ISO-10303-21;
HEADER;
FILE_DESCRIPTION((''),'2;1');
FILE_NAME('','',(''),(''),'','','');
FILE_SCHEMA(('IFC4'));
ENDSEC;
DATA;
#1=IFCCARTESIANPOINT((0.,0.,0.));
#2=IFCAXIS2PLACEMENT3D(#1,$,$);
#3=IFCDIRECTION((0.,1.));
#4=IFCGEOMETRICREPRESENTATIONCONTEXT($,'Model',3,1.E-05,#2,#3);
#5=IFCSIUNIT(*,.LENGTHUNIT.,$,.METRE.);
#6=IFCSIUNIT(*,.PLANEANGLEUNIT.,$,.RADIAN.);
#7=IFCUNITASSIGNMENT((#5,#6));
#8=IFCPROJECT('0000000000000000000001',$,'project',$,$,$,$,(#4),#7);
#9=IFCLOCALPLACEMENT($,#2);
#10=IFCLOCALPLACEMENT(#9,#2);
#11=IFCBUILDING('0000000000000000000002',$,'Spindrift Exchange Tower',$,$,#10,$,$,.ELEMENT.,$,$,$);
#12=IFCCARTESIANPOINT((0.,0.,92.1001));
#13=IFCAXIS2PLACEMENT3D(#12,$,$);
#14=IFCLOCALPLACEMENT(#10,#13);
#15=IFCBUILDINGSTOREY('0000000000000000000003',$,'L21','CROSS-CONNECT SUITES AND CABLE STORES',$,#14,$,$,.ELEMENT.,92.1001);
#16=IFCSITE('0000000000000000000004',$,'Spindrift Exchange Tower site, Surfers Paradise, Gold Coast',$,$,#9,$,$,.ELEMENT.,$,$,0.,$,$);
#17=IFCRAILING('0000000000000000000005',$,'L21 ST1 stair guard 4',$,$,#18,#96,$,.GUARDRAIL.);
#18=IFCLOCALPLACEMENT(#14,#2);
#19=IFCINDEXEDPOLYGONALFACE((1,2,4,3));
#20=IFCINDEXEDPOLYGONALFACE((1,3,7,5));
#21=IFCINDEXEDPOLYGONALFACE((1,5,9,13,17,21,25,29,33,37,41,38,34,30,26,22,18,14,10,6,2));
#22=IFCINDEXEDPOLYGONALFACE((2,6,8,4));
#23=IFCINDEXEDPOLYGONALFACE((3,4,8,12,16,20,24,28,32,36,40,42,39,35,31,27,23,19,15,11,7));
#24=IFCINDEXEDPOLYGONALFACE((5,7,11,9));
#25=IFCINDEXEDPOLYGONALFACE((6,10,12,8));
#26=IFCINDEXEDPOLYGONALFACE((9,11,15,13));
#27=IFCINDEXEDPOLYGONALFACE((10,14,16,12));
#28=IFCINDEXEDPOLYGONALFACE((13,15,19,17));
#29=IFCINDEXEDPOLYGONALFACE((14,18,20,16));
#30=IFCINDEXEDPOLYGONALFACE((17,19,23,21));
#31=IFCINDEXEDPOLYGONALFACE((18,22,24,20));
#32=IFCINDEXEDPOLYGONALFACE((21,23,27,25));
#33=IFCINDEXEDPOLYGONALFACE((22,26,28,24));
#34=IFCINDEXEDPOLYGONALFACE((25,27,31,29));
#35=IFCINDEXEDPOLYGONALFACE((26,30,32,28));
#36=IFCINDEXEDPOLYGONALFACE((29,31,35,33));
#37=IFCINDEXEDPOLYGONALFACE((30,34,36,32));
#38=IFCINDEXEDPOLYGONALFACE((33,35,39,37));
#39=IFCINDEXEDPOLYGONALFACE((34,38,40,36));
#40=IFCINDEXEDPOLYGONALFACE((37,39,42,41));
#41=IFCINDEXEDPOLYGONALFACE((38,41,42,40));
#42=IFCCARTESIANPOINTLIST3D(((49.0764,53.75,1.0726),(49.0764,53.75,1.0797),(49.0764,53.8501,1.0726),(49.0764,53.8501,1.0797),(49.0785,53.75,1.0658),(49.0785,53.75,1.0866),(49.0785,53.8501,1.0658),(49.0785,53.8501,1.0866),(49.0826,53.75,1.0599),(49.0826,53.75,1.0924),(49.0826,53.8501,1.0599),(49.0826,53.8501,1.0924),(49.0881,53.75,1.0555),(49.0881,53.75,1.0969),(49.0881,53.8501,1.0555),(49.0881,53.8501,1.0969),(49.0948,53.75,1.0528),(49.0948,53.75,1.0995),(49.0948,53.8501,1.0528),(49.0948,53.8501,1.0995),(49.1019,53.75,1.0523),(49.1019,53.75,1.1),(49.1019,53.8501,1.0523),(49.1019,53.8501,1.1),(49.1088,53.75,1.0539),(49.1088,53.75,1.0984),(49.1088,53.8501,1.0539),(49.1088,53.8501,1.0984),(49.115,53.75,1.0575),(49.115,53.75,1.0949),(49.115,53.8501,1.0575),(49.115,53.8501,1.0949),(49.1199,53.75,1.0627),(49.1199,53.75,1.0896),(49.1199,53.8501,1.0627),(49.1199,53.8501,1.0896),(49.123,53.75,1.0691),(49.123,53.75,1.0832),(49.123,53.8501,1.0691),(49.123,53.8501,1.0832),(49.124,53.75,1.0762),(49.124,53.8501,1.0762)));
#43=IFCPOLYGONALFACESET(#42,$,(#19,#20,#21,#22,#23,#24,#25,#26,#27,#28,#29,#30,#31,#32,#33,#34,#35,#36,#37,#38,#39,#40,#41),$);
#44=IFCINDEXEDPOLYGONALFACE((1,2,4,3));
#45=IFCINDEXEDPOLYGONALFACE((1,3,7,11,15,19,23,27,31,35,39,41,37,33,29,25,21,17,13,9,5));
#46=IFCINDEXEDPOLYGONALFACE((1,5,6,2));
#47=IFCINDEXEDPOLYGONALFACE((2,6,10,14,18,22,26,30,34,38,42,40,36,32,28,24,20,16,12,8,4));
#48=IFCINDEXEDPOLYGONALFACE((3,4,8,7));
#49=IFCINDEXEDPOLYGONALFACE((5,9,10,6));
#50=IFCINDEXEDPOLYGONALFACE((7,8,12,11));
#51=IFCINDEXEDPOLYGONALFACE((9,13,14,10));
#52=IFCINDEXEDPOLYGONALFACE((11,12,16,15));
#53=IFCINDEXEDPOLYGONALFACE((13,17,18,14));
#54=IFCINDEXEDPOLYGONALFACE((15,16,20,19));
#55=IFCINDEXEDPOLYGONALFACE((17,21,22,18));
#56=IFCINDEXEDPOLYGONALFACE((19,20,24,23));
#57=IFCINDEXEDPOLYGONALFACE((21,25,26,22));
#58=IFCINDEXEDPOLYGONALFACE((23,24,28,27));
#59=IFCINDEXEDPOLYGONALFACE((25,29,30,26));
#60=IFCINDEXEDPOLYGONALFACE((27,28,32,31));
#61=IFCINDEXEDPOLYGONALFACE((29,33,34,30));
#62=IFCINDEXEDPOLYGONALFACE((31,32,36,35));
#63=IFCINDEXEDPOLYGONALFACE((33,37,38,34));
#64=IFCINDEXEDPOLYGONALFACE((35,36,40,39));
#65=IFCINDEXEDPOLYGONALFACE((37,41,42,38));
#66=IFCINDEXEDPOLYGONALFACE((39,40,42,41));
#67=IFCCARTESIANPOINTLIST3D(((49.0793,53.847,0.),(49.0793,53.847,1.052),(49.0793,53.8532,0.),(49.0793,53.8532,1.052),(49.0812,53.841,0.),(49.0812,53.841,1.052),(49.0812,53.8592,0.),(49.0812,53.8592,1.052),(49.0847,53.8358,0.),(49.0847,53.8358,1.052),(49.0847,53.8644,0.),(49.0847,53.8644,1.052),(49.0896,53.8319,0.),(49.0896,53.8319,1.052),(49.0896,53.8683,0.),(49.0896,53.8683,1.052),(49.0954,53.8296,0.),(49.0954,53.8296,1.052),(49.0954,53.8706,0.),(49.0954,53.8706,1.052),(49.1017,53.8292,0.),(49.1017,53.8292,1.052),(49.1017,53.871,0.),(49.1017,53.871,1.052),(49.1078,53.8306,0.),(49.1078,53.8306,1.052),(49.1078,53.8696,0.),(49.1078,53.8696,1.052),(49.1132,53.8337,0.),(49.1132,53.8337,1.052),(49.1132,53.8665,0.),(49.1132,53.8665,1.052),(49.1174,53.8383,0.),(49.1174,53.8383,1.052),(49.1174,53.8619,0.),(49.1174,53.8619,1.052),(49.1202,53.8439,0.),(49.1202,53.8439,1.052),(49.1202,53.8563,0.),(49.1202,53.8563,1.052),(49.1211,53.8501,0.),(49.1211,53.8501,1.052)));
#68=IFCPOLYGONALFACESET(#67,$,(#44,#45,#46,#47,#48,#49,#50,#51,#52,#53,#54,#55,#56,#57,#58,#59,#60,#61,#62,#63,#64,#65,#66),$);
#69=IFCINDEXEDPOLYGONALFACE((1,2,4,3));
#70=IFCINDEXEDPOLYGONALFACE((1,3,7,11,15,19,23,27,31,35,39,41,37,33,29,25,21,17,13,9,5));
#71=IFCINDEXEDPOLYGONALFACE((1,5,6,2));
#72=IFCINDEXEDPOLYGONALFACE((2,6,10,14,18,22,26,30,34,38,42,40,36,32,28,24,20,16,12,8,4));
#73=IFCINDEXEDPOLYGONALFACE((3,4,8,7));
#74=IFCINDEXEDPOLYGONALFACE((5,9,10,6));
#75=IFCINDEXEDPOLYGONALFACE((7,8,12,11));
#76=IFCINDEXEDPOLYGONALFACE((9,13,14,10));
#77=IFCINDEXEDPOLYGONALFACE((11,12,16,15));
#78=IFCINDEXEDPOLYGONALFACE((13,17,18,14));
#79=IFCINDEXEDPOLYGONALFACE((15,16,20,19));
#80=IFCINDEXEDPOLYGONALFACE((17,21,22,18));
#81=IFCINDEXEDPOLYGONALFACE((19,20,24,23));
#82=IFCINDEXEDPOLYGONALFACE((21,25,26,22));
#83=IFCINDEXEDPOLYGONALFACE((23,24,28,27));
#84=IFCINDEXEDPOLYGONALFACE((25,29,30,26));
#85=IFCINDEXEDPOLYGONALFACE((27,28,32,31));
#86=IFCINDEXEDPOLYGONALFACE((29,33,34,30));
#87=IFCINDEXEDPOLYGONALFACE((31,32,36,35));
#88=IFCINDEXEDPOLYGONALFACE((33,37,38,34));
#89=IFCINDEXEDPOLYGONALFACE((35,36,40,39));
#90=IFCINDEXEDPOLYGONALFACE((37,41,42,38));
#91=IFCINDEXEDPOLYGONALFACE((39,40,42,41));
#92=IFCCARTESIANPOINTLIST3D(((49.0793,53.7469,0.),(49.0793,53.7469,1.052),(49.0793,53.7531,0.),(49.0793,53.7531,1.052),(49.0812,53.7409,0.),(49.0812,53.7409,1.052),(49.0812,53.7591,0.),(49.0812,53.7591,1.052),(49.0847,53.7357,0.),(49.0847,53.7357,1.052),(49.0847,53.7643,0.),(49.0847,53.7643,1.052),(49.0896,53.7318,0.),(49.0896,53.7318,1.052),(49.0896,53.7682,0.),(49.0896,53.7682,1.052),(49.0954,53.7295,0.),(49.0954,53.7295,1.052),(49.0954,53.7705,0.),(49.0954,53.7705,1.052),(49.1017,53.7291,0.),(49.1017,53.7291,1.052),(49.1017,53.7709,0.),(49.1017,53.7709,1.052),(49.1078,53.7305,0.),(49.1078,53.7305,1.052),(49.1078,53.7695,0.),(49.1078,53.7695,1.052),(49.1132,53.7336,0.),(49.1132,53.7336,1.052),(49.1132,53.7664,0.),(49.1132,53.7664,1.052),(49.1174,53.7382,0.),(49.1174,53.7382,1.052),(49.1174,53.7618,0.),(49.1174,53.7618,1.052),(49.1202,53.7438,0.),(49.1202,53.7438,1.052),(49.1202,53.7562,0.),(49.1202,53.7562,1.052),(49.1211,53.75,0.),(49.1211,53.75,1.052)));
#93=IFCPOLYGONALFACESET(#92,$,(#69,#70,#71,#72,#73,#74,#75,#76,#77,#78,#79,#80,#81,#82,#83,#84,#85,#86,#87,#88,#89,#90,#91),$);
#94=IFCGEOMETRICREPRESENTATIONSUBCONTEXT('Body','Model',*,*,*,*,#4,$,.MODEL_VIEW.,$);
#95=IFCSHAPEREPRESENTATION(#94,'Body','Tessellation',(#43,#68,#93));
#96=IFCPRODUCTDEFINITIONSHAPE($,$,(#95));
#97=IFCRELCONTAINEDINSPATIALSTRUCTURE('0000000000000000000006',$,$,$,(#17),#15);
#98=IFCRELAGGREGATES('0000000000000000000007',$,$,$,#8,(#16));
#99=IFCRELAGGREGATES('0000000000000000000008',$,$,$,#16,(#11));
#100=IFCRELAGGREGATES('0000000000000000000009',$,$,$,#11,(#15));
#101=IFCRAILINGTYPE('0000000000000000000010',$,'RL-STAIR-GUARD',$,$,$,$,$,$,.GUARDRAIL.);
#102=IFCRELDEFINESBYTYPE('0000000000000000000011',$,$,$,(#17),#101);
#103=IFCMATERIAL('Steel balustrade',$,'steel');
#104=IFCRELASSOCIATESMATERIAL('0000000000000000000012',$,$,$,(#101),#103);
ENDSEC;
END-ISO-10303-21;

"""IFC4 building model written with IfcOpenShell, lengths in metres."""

from ifc_helpers import new_model, si_unit, direction, frame, origin, origin_2d, place, context, subcontext, project, spatial, circle, extrude, material, type_object, element, save


model = new_model("IFC4")

# Units and contexts
model_context = context("Model", 3, precision=1e-05, world=origin(), true_north=direction((0.0, 1.0)))
body_context = subcontext(model_context, "Body", "Model", "MODEL_VIEW")
ifc_project = project(units=[si_unit("LENGTHUNIT", "METRE"), si_unit("PLANEANGLEUNIT", "RADIAN")], contexts=[model_context])

# Site, building, storey
site_placement = place(None, origin())
site = spatial("IfcSite", under=ifc_project, at=site_placement, Name="Spindrift Exchange Tower site, Surfers Paradise, Gold Coast", CompositionType="ELEMENT", RefElevation=0.0)
building_placement = place(site_placement, origin())
building = spatial("IfcBuilding", under=site, at=building_placement, Name="Spindrift Exchange Tower", CompositionType="ELEMENT")
storey_placement = place(building_placement, frame((0.0, 0.0, 92.1001)))
storey = spatial("IfcBuildingStorey", under=building, at=storey_placement, Name="L21", Description="CROSS-CONNECT SUITES AND CABLE STORES", CompositionType="ELEMENT", Elevation=92.1001)

# Railing
ifc_material_1 = material(Name="Steel balustrade", Category="steel")
railing_type_1 = type_object("IfcRailingType", Name="RL-STAIR-GUARD", PredefinedType="GUARDRAIL", material=ifc_material_1)
railing_1_placement = place(storey_placement, frame((49.1001, 53.8501, 0.0)))
element("IfcRailing", 1, at=railing_1_placement, inside=storey, type_object=railing_type_1, Name="L21 ST1 stair guard 4", PredefinedType="GUARDRAIL", context=body_context, shape_type="SweptSolid", body=[
    extrude(circle(Radius=0.0239, at=origin_2d()), frame((0.0, 0.0, 1.0762), z_axis=(0.0, -1.0, 0.0), x_axis=(1.0, 0.0, 0.0)), (0.0, 0.0, 1.0), 0.1001),
    extrude(circle(Radius=0.021, at=origin_2d()), origin(), (0.0, 0.0, 1.0), 1.052),
    extrude(circle(Radius=0.021, at=origin_2d()), frame((0.0, -0.1001, 0.0)), (0.0, 0.0, 1.0), 1.052),
])

save(model, "model.ifc")
